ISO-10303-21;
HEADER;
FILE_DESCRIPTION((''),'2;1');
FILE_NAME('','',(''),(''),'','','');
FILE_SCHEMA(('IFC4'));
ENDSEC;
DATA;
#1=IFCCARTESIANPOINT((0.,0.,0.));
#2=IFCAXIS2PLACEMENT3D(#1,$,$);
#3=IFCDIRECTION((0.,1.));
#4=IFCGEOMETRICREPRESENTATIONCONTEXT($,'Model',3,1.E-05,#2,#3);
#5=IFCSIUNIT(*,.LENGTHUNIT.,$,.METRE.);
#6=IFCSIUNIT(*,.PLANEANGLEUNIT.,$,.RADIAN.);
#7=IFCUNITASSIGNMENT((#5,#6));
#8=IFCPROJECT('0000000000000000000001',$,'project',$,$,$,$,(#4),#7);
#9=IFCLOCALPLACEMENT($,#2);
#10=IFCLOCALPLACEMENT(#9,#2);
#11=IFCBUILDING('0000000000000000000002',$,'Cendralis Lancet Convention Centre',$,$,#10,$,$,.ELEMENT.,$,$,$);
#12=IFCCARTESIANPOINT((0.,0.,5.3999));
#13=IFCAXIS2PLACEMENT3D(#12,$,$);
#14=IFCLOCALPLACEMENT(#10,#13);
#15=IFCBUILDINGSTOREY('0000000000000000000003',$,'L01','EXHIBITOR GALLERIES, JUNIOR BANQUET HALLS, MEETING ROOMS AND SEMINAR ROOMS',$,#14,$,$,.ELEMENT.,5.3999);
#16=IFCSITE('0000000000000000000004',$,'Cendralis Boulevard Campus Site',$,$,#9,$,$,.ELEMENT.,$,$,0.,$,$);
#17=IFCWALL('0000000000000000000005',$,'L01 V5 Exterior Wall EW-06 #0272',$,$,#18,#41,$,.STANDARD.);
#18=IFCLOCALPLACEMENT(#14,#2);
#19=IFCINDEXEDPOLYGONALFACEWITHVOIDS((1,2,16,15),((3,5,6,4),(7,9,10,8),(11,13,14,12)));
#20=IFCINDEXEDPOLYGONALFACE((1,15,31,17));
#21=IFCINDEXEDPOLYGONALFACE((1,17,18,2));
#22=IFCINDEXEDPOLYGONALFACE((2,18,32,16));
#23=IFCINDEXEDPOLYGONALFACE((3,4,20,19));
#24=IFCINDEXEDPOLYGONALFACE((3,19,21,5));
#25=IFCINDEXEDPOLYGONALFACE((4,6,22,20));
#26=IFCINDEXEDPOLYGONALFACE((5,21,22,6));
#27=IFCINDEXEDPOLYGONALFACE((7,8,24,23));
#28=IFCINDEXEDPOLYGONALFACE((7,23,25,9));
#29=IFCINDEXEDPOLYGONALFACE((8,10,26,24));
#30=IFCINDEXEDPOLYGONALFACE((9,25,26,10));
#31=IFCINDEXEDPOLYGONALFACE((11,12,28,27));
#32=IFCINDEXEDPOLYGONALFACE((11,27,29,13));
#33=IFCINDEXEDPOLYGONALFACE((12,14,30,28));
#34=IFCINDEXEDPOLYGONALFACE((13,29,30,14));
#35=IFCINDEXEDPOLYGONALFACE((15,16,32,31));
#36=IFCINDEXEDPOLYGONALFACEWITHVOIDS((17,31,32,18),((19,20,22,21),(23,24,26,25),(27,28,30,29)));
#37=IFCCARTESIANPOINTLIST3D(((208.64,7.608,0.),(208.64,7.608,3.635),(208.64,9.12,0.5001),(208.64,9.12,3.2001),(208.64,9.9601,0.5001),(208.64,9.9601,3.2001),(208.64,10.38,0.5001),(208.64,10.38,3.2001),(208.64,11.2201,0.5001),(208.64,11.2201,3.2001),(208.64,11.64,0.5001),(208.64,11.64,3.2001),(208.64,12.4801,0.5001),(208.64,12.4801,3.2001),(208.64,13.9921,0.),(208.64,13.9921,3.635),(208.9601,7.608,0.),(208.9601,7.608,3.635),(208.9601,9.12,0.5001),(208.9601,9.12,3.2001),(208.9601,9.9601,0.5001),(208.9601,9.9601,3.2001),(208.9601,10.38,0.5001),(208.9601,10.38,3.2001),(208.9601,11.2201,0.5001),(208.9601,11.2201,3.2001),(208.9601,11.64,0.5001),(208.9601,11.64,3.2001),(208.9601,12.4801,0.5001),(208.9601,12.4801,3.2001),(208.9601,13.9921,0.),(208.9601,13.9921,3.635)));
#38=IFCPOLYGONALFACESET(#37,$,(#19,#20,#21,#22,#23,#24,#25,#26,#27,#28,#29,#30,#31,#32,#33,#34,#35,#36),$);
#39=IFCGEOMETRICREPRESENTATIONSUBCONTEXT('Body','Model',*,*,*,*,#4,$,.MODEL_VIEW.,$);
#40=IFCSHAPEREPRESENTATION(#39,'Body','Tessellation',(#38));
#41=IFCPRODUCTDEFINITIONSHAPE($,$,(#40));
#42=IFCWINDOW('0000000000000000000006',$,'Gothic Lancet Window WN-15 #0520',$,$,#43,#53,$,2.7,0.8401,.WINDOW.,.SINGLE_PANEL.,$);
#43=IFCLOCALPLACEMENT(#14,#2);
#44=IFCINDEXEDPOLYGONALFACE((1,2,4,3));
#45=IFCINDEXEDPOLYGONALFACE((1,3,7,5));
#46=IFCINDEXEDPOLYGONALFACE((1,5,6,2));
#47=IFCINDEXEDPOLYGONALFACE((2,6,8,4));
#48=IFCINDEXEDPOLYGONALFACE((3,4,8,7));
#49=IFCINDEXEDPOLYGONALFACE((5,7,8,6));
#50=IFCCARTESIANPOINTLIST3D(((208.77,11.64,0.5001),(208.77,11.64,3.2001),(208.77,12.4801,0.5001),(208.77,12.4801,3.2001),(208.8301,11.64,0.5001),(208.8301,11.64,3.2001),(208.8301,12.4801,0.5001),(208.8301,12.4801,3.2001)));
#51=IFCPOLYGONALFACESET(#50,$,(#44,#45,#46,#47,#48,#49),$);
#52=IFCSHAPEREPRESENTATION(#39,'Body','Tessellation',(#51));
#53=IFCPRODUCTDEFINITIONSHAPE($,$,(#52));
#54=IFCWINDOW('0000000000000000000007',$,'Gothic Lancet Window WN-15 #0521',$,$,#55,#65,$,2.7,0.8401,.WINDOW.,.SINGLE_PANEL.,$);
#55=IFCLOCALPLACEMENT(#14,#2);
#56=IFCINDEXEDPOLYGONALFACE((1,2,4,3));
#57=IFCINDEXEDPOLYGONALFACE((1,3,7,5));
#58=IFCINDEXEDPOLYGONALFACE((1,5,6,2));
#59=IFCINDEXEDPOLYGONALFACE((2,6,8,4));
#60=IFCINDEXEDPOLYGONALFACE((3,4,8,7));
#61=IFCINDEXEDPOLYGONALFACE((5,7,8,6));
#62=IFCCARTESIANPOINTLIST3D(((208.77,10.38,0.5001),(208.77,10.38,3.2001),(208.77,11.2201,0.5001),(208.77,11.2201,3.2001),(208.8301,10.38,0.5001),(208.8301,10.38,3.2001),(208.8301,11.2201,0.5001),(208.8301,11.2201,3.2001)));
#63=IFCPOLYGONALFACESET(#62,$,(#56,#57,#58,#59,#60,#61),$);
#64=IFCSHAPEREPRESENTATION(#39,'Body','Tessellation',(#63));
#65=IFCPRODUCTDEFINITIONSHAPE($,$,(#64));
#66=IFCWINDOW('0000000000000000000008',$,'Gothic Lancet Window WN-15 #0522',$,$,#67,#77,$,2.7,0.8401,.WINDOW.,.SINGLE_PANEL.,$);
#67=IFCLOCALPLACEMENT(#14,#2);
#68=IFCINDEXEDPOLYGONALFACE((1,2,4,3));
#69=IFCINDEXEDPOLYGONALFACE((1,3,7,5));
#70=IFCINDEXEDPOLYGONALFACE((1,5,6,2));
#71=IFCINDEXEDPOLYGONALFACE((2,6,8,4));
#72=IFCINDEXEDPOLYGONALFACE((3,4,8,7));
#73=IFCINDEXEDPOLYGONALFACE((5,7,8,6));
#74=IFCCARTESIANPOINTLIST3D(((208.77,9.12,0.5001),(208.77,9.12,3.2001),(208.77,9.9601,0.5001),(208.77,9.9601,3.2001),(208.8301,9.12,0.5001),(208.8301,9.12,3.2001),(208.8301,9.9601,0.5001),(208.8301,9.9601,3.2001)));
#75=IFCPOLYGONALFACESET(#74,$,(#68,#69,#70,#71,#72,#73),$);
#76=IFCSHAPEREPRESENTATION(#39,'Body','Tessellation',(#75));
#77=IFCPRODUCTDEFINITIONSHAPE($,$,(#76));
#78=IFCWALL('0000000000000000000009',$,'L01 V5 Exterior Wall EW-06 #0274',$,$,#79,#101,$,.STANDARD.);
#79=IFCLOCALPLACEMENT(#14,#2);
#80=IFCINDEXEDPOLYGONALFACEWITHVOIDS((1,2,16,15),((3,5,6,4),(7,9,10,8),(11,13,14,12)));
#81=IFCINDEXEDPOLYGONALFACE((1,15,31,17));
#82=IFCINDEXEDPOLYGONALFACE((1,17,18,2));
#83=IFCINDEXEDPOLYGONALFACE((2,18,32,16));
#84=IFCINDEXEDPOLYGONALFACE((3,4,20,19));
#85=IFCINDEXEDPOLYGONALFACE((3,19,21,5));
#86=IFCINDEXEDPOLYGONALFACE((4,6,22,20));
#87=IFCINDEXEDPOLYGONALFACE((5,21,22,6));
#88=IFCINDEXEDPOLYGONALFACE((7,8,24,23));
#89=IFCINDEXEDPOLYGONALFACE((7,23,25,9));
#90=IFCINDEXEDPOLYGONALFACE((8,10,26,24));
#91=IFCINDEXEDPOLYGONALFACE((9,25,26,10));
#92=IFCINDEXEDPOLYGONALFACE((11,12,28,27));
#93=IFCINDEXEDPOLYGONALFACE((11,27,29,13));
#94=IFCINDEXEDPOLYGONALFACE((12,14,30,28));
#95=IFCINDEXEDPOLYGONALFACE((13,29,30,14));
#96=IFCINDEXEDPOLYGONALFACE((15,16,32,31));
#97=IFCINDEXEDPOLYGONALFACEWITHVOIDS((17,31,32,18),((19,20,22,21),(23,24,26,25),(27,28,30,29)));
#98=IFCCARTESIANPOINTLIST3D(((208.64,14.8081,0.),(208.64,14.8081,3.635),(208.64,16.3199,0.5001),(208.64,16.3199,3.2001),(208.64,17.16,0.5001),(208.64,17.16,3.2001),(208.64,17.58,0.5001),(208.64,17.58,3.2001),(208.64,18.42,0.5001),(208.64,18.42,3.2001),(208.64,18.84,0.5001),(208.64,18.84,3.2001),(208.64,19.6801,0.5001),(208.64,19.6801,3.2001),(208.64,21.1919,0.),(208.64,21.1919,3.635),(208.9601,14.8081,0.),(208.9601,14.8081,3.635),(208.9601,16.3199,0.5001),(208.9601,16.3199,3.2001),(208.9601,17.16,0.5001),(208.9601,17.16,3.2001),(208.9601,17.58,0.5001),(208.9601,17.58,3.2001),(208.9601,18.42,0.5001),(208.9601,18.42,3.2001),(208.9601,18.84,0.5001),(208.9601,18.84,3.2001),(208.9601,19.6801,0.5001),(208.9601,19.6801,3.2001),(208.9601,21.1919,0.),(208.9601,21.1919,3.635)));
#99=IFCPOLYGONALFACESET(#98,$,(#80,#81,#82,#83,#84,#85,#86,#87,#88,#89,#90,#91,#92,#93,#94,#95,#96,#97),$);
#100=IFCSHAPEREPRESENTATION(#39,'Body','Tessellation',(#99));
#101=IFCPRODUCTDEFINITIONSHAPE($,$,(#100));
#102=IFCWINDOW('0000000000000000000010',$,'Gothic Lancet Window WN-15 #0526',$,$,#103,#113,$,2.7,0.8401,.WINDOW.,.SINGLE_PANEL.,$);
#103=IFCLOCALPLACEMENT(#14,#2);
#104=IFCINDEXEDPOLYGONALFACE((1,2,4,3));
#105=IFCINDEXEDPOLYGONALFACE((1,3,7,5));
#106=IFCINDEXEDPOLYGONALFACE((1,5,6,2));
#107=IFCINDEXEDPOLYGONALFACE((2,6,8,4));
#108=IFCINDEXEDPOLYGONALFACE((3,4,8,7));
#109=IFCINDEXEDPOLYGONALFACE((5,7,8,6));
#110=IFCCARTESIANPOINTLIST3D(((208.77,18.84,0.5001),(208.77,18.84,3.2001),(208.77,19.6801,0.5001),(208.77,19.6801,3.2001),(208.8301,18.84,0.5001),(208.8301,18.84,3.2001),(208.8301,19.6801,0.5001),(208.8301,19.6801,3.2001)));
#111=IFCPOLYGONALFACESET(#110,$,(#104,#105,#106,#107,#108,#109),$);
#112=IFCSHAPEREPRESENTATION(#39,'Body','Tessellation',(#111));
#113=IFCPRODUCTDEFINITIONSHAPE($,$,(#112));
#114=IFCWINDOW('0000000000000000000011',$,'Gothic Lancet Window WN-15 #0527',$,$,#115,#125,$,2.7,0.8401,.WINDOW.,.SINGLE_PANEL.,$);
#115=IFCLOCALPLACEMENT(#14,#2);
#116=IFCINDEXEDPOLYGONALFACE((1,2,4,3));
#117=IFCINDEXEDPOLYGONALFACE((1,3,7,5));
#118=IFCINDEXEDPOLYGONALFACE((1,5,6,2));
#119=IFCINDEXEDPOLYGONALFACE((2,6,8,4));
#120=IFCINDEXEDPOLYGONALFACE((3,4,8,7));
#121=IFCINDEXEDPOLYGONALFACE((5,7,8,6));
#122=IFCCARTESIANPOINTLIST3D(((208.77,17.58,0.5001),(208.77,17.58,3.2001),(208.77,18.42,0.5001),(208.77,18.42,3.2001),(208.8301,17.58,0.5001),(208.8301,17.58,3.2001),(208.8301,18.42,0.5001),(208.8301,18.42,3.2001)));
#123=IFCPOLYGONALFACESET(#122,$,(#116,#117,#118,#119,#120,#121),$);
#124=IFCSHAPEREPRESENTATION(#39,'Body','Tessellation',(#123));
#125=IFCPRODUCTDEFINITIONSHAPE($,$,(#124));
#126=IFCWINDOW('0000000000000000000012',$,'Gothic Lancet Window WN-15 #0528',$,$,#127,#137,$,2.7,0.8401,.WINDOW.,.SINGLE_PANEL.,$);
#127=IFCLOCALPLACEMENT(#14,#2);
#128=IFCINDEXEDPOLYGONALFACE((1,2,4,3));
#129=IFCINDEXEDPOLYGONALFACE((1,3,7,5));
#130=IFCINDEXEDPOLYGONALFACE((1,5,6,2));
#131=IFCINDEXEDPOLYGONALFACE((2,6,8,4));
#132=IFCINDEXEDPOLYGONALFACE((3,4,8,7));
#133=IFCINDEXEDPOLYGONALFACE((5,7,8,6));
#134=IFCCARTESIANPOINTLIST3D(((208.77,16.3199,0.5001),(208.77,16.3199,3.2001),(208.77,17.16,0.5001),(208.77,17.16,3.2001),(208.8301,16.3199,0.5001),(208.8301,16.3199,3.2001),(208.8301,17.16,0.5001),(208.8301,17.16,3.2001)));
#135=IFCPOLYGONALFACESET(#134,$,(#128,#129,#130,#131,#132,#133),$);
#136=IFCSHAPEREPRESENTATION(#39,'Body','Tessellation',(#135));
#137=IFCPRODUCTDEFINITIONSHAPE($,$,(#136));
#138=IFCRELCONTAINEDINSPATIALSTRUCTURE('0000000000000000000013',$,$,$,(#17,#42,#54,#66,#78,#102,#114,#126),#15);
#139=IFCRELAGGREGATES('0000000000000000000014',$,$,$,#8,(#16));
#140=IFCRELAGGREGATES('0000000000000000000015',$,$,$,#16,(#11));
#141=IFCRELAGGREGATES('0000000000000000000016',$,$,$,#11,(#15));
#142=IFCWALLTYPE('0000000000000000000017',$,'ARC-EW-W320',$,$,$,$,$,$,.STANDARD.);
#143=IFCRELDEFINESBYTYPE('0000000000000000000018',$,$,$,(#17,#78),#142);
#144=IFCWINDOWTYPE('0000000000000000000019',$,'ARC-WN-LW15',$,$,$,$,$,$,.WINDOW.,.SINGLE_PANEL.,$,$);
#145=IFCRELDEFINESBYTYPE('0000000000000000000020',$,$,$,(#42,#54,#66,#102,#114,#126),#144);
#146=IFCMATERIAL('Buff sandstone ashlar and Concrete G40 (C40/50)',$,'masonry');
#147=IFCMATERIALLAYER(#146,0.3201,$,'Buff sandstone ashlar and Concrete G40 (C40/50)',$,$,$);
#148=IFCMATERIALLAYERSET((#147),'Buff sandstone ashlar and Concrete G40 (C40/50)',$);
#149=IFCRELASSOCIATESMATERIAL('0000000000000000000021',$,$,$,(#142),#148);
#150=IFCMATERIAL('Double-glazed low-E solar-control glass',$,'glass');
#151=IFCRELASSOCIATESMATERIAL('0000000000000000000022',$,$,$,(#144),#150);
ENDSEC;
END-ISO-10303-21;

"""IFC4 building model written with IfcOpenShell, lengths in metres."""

from ifc_helpers import new_model, si_unit, direction, frame, frame_2d, origin, place, context, subcontext, project, spatial, rectangle, extrude, material, layer, layer_set, type_object, element, fill, save


model = new_model("IFC4")

# Units and contexts
model_context = context("Model", 3, precision=1e-05, world=origin(), true_north=direction((0.0, 1.0)))
body_context = subcontext(model_context, "Body", "Model", "MODEL_VIEW")
ifc_project = project(units=[si_unit("LENGTHUNIT", "METRE"), si_unit("PLANEANGLEUNIT", "RADIAN")], contexts=[model_context])

# Site, building, storey
site_placement = place(None, origin())
site = spatial("IfcSite", under=ifc_project, at=site_placement, Name="Cendralis Boulevard Campus Site", CompositionType="ELEMENT", RefElevation=0.0)
building_placement = place(site_placement, origin())
building = spatial("IfcBuilding", under=site, at=building_placement, Name="Cendralis Lancet Convention Centre", CompositionType="ELEMENT")
storey_placement = place(building_placement, frame((0.0, 0.0, 5.3999)))
storey = spatial("IfcBuildingStorey", under=building, at=storey_placement, Name="L01", Description="EXHIBITOR GALLERIES, JUNIOR BANQUET HALLS, MEETING ROOMS AND SEMINAR ROOMS", CompositionType="ELEMENT", Elevation=5.3999)

# Walls, openings, windows
ifc_material_1 = material(Name="Buff sandstone ashlar and Concrete G40 (C40/50)", Category="masonry")
ifc_layer_1 = layer(ifc_material_1, 0.3201, Name="Buff sandstone ashlar and Concrete G40 (C40/50)")
ifc_layer_set_1 = layer_set([ifc_layer_1], Name="Buff sandstone ashlar and Concrete G40 (C40/50)")
wall_type_1 = type_object("IfcWallType", Name="ARC-EW-W320", PredefinedType="STANDARD", material=ifc_layer_set_1)
wall_1_placement = place(storey_placement, frame((208.8, 13.9919, 0.0), z_axis=(0.0, 0.0, 1.0), x_axis=(0.0, -1.0, 0.0)))
wall_1 = element("IfcWall", 1, at=wall_1_placement, inside=storey, type_object=wall_type_1, Name="L01 V5 Exterior Wall EW-06 #0272", PredefinedType="STANDARD", context=body_context, shape_type="SweptSolid", body=[
    extrude(rectangle(XDim=6.384, YDim=0.3201, at=frame_2d((3.1919, 0.0))), origin(), (0.0, 0.0, 1.0), 3.635),
])
opening_1_placement = place(wall_1_placement, frame((1.512, 0.0, 0.5)))
opening_1 = element("IfcOpeningElement", 2, at=opening_1_placement, cuts=wall_1, PredefinedType="OPENING", context=body_context, shape_type="SweptSolid", body=[
    extrude(rectangle(XDim=0.8401, YDim=2.7, at=frame_2d((0.4199, 1.3501))), frame((0.0, 0.1699, 0.0), z_axis=(0.0, -1.0, 0.0), x_axis=(1.0, 0.0, 0.0)), (0.0, 0.0, 1.0), 0.3401),
])
opening_2_placement = place(wall_1_placement, frame((2.772, 0.0, 0.5)))
opening_2 = element("IfcOpeningElement", 3, at=opening_2_placement, cuts=wall_1, PredefinedType="OPENING", context=body_context, shape_type="SweptSolid", body=[
    extrude(rectangle(XDim=0.8401, YDim=2.7, at=frame_2d((0.4199, 1.3501))), frame((0.0, 0.1699, 0.0), z_axis=(0.0, -1.0, 0.0), x_axis=(1.0, 0.0, 0.0)), (0.0, 0.0, 1.0), 0.3401),
])
opening_3_placement = place(wall_1_placement, frame((4.032, 0.0, 0.5)))
opening_3 = element("IfcOpeningElement", 4, at=opening_3_placement, cuts=wall_1, PredefinedType="OPENING", context=body_context, shape_type="SweptSolid", body=[
    extrude(rectangle(XDim=0.8401, YDim=2.7, at=frame_2d((0.4199, 1.3501))), frame((0.0, 0.1699, 0.0), z_axis=(0.0, -1.0, 0.0), x_axis=(1.0, 0.0, 0.0)), (0.0, 0.0, 1.0), 0.3401),
])
ifc_material_2 = material(Name="Double-glazed low-E solar-control glass", Category="glass")
window_type = type_object("IfcWindowType", Name="ARC-WN-LW15", PartitioningType="SINGLE_PANEL", PredefinedType="WINDOW", material=ifc_material_2)
window_1_placement = place(opening_1_placement, origin())
window_1 = element("IfcWindow", 5, at=window_1_placement, inside=storey, type_object=window_type, Name="Gothic Lancet Window WN-15 #0520", OverallHeight=2.7, OverallWidth=0.8401, PartitioningType="SINGLE_PANEL", PredefinedType="WINDOW", context=body_context, shape_type="SweptSolid", body=[
    extrude(rectangle(XDim=0.8401, YDim=2.7, at=frame_2d((0.4199, 1.3501))), frame((0.0, 0.03, 0.0), z_axis=(0.0, -1.0, 0.0), x_axis=(1.0, 0.0, 0.0)), (0.0, 0.0, 1.0), 0.0601),
])
fill(opening_1, window_1)
window_2_placement = place(opening_2_placement, origin())
window_2 = element("IfcWindow", 6, at=window_2_placement, inside=storey, type_object=window_type, Name="Gothic Lancet Window WN-15 #0521", OverallHeight=2.7, OverallWidth=0.8401, PartitioningType="SINGLE_PANEL", PredefinedType="WINDOW", context=body_context, shape_type="SweptSolid", body=[
    extrude(rectangle(XDim=0.8401, YDim=2.7, at=frame_2d((0.4199, 1.3501))), frame((0.0, 0.03, 0.0), z_axis=(0.0, -1.0, 0.0), x_axis=(1.0, 0.0, 0.0)), (0.0, 0.0, 1.0), 0.0601),
])
fill(opening_2, window_2)
window_3_placement = place(opening_3_placement, origin())
window_3 = element("IfcWindow", 7, at=window_3_placement, inside=storey, type_object=window_type, Name="Gothic Lancet Window WN-15 #0522", OverallHeight=2.7, OverallWidth=0.8401, PartitioningType="SINGLE_PANEL", PredefinedType="WINDOW", context=body_context, shape_type="SweptSolid", body=[
    extrude(rectangle(XDim=0.8401, YDim=2.7, at=frame_2d((0.4199, 1.3501))), frame((0.0, 0.03, 0.0), z_axis=(0.0, -1.0, 0.0), x_axis=(1.0, 0.0, 0.0)), (0.0, 0.0, 1.0), 0.0601),
])
fill(opening_3, window_3)
wall_2_placement = place(storey_placement, frame((208.8, 21.1919, 0.0), z_axis=(0.0, 0.0, 1.0), x_axis=(0.0, -1.0, 0.0)))
wall_2 = element("IfcWall", 8, at=wall_2_placement, inside=storey, type_object=wall_type_1, Name="L01 V5 Exterior Wall EW-06 #0274", PredefinedType="STANDARD", context=body_context, shape_type="SweptSolid", body=[
    extrude(rectangle(XDim=6.3838, YDim=0.3201, at=frame_2d((3.1919, 0.0))), origin(), (0.0, 0.0, 1.0), 3.635),
])
opening_4_placement = place(wall_2_placement, frame((1.512, 0.0, 0.5)))
opening_4 = element("IfcOpeningElement", 9, at=opening_4_placement, cuts=wall_2, PredefinedType="OPENING", context=body_context, shape_type="SweptSolid", body=[
    extrude(rectangle(XDim=0.8401, YDim=2.7, at=frame_2d((0.4199, 1.3501))), frame((0.0, 0.1699, 0.0), z_axis=(0.0, -1.0, 0.0), x_axis=(1.0, 0.0, 0.0)), (0.0, 0.0, 1.0), 0.3401),
])
opening_5_placement = place(wall_2_placement, frame((2.772, 0.0, 0.5)))
opening_5 = element("IfcOpeningElement", 10, at=opening_5_placement, cuts=wall_2, PredefinedType="OPENING", context=body_context, shape_type="SweptSolid", body=[
    extrude(rectangle(XDim=0.8401, YDim=2.7, at=frame_2d((0.4199, 1.3501))), frame((0.0, 0.1699, 0.0), z_axis=(0.0, -1.0, 0.0), x_axis=(1.0, 0.0, 0.0)), (0.0, 0.0, 1.0), 0.3401),
])
opening_6_placement = place(wall_2_placement, frame((4.032, 0.0, 0.5)))
opening_6 = element("IfcOpeningElement", 11, at=opening_6_placement, cuts=wall_2, PredefinedType="OPENING", context=body_context, shape_type="SweptSolid", body=[
    extrude(rectangle(XDim=0.8401, YDim=2.7, at=frame_2d((0.4199, 1.3501))), frame((0.0, 0.1699, 0.0), z_axis=(0.0, -1.0, 0.0), x_axis=(1.0, 0.0, 0.0)), (0.0, 0.0, 1.0), 0.3401),
])
window_4_placement = place(opening_4_placement, origin())
window_4 = element("IfcWindow", 12, at=window_4_placement, inside=storey, type_object=window_type, Name="Gothic Lancet Window WN-15 #0526", OverallHeight=2.7, OverallWidth=0.8401, PartitioningType="SINGLE_PANEL", PredefinedType="WINDOW", context=body_context, shape_type="SweptSolid", body=[
    extrude(rectangle(XDim=0.8401, YDim=2.7, at=frame_2d((0.4199, 1.3501))), frame((0.0, 0.03, 0.0), z_axis=(0.0, -1.0, 0.0), x_axis=(1.0, 0.0, 0.0)), (0.0, 0.0, 1.0), 0.0601),
])
fill(opening_4, window_4)
window_5_placement = place(opening_5_placement, origin())
window_5 = element("IfcWindow", 13, at=window_5_placement, inside=storey, type_object=window_type, Name="Gothic Lancet Window WN-15 #0527", OverallHeight=2.7, OverallWidth=0.8401, PartitioningType="SINGLE_PANEL", PredefinedType="WINDOW", context=body_context, shape_type="SweptSolid", body=[
    extrude(rectangle(XDim=0.8401, YDim=2.7, at=frame_2d((0.4199, 1.3501))), frame((0.0, 0.03, 0.0), z_axis=(0.0, -1.0, 0.0), x_axis=(1.0, 0.0, 0.0)), (0.0, 0.0, 1.0), 0.0601),
])
fill(opening_5, window_5)
window_6_placement = place(opening_6_placement, origin())
window_6 = element("IfcWindow", 14, at=window_6_placement, inside=storey, type_object=window_type, Name="Gothic Lancet Window WN-15 #0528", OverallHeight=2.7, OverallWidth=0.8401, PartitioningType="SINGLE_PANEL", PredefinedType="WINDOW", context=body_context, shape_type="SweptSolid", body=[
    extrude(rectangle(XDim=0.8401, YDim=2.7, at=frame_2d((0.4199, 1.3501))), frame((0.0, 0.03, 0.0), z_axis=(0.0, -1.0, 0.0), x_axis=(1.0, 0.0, 0.0)), (0.0, 0.0, 1.0), 0.0601),
])
fill(opening_6, window_6)

save(model, "model.ifc")
